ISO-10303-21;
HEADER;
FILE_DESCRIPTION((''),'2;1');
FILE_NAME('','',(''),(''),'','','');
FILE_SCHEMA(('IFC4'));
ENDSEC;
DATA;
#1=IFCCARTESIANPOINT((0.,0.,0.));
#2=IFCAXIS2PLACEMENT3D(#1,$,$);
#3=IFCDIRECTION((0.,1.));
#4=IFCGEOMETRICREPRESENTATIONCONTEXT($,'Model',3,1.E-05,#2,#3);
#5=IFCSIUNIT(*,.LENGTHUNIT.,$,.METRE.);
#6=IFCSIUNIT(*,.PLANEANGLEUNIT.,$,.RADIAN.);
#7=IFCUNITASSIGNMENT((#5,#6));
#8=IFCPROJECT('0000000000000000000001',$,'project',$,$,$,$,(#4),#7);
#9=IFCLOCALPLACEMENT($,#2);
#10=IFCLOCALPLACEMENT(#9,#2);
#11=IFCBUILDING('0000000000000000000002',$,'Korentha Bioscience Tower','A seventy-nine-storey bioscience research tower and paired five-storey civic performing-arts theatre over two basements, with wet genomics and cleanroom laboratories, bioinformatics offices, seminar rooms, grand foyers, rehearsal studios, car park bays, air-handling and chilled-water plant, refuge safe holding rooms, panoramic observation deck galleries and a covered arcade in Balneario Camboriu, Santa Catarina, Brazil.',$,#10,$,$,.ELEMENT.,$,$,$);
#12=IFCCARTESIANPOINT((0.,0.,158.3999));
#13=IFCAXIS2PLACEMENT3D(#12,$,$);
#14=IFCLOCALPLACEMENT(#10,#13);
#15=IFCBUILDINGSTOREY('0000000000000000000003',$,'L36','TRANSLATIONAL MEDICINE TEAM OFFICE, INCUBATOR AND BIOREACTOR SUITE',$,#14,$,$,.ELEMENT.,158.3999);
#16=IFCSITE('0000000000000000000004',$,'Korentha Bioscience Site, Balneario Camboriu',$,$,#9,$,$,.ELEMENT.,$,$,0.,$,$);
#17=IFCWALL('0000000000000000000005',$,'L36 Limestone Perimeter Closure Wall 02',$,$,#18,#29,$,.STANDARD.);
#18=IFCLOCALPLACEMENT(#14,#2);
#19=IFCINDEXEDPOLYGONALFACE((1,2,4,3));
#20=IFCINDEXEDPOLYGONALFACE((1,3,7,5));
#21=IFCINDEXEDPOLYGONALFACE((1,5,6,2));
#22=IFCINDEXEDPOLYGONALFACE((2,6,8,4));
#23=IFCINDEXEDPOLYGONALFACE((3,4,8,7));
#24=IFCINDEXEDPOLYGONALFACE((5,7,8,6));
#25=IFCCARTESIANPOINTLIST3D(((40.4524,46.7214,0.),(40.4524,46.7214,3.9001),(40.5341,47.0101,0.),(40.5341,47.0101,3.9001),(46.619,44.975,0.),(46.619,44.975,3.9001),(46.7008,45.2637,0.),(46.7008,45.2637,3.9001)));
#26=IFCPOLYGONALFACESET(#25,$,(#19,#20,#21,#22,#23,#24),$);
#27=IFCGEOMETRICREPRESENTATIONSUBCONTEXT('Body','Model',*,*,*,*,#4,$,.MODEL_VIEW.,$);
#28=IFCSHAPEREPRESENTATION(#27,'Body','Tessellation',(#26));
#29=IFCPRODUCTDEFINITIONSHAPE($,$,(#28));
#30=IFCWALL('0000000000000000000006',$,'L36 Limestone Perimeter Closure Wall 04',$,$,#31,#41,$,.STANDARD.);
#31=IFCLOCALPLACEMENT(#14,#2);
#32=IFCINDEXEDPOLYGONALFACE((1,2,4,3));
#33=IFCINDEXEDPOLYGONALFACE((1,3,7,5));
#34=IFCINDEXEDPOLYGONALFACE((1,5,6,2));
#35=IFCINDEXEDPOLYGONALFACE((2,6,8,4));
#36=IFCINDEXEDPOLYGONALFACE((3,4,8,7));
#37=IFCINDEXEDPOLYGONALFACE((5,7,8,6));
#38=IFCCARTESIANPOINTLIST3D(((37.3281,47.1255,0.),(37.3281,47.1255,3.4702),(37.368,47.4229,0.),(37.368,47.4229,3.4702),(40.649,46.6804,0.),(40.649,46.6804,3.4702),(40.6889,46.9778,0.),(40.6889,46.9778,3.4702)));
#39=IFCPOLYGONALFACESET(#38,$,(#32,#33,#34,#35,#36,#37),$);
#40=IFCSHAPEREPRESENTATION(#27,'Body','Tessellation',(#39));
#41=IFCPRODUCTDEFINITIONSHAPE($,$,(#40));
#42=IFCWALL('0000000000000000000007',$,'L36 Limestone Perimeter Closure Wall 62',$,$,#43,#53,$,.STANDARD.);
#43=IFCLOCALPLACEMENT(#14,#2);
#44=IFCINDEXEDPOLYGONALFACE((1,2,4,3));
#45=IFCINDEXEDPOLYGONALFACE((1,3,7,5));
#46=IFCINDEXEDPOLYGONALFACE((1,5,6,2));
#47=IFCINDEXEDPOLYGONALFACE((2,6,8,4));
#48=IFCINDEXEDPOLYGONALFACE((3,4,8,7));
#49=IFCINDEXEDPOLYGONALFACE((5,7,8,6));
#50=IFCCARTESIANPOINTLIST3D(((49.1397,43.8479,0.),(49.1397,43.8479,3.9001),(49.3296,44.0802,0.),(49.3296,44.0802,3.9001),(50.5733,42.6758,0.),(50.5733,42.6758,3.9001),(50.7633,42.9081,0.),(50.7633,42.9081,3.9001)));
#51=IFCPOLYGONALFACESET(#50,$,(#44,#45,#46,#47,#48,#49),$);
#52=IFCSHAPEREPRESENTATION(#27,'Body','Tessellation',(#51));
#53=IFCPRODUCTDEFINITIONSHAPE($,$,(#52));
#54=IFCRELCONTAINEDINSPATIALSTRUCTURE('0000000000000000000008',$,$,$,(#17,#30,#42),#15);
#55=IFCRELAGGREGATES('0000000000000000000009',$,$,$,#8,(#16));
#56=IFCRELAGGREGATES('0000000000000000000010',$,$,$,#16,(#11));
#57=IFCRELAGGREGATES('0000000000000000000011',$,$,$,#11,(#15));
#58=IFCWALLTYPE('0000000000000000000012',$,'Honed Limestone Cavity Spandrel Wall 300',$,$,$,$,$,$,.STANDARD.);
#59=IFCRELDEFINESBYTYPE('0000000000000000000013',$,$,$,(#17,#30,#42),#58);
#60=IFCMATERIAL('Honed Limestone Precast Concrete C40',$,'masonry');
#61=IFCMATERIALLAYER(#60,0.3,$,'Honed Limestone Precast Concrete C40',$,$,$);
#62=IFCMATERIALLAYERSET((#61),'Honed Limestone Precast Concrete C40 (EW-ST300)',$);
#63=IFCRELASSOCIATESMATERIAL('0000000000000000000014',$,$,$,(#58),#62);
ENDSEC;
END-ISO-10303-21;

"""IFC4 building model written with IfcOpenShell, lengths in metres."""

from ifc_helpers import new_model, si_unit, direction, frame, frame_2d, origin, place, context, subcontext, project, spatial, rectangle, extrude, material, layer, layer_set, type_object, element, save


model = new_model("IFC4")

# Units and contexts
model_context = context("Model", 3, precision=1e-05, world=origin(), true_north=direction((0.0, 1.0)))
body_context = subcontext(model_context, "Body", "Model", "MODEL_VIEW")
ifc_project = project(units=[si_unit("LENGTHUNIT", "METRE"), si_unit("PLANEANGLEUNIT", "RADIAN")], contexts=[model_context])

# Site, building, storey
site_placement = place(None, origin())
site = spatial("IfcSite", under=ifc_project, at=site_placement, Name="Korentha Bioscience Site, Balneario Camboriu", CompositionType="ELEMENT", RefElevation=0.0)
building_placement = place(site_placement, origin())
building = spatial("IfcBuilding", under=site, at=building_placement, Name="Korentha Bioscience Tower", Description="A seventy-nine-storey bioscience research tower and paired five-storey civic performing-arts theatre over two basements, with wet genomics and cleanroom laboratories, bioinformatics offices, seminar rooms, grand foyers, rehearsal studios, car park bays, air-handling and chilled-water plant, refuge safe holding rooms, panoramic observation deck galleries and a covered arcade in Balneario Camboriu, Santa Catarina, Brazil.", CompositionType="ELEMENT")
storey_placement = place(building_placement, frame((0.0, 0.0, 158.3999)))
storey = spatial("IfcBuildingStorey", under=building, at=storey_placement, Name="L36", Description="TRANSLATIONAL MEDICINE TEAM OFFICE, INCUBATOR AND BIOREACTOR SUITE", CompositionType="ELEMENT", Elevation=158.3999)

# Walls
ifc_material_1 = material(Name="Honed Limestone Precast Concrete C40", Category="masonry")
ifc_layer_1 = layer(ifc_material_1, 0.3, Name="Honed Limestone Precast Concrete C40")
ifc_layer_set_1 = layer_set([ifc_layer_1], Name="Honed Limestone Precast Concrete C40 (EW-ST300)")
wall_type = type_object("IfcWallType", Name="Honed Limestone Cavity Spandrel Wall 300", PredefinedType="STANDARD", material=ifc_layer_set_1)
wall_1_placement = place(storey_placement, frame((46.6599, 45.1194, 0.0), z_axis=(0.0, 0.0, 1.0), x_axis=(-0.962164, 0.272472, 0.0)))
element("IfcWall", 1, at=wall_1_placement, inside=storey, type_object=wall_type, Name="L36 Limestone Perimeter Closure Wall 02", PredefinedType="STANDARD", context=body_context, shape_type="SweptSolid", body=[
    extrude(rectangle(XDim=6.4092, YDim=0.3, at=frame_2d((3.2046, 0.0))), origin(), (0.0, 0.0, 1.0), 3.9001),
])
wall_2_placement = place(storey_placement, frame((40.6689, 46.8291, 0.0), z_axis=(0.0, 0.0, 1.0), x_axis=(-0.991138, 0.132837, 0.0)))
element("IfcWall", 2, at=wall_2_placement, inside=storey, type_object=wall_type, Name="L36 Limestone Perimeter Closure Wall 04", PredefinedType="STANDARD", context=body_context, shape_type="SweptSolid", body=[
    extrude(rectangle(XDim=3.3506, YDim=0.3, at=frame_2d((1.6753, 0.0))), origin(), (0.0, 0.0, 1.0), 3.4702),
])
wall_3_placement = place(storey_placement, frame((50.6682, 42.792, 0.0), z_axis=(0.0, 0.0, 1.0), x_axis=(-0.774175, 0.632972, 0.0)))
element("IfcWall", 3, at=wall_3_placement, inside=storey, type_object=wall_type, Name="L36 Limestone Perimeter Closure Wall 62", PredefinedType="STANDARD", context=body_context, shape_type="SweptSolid", body=[
    extrude(rectangle(XDim=1.8518, YDim=0.3, at=frame_2d((0.9258, 0.0))), origin(), (0.0, 0.0, 1.0), 3.9001),
])

save(model, "model.ifc")
